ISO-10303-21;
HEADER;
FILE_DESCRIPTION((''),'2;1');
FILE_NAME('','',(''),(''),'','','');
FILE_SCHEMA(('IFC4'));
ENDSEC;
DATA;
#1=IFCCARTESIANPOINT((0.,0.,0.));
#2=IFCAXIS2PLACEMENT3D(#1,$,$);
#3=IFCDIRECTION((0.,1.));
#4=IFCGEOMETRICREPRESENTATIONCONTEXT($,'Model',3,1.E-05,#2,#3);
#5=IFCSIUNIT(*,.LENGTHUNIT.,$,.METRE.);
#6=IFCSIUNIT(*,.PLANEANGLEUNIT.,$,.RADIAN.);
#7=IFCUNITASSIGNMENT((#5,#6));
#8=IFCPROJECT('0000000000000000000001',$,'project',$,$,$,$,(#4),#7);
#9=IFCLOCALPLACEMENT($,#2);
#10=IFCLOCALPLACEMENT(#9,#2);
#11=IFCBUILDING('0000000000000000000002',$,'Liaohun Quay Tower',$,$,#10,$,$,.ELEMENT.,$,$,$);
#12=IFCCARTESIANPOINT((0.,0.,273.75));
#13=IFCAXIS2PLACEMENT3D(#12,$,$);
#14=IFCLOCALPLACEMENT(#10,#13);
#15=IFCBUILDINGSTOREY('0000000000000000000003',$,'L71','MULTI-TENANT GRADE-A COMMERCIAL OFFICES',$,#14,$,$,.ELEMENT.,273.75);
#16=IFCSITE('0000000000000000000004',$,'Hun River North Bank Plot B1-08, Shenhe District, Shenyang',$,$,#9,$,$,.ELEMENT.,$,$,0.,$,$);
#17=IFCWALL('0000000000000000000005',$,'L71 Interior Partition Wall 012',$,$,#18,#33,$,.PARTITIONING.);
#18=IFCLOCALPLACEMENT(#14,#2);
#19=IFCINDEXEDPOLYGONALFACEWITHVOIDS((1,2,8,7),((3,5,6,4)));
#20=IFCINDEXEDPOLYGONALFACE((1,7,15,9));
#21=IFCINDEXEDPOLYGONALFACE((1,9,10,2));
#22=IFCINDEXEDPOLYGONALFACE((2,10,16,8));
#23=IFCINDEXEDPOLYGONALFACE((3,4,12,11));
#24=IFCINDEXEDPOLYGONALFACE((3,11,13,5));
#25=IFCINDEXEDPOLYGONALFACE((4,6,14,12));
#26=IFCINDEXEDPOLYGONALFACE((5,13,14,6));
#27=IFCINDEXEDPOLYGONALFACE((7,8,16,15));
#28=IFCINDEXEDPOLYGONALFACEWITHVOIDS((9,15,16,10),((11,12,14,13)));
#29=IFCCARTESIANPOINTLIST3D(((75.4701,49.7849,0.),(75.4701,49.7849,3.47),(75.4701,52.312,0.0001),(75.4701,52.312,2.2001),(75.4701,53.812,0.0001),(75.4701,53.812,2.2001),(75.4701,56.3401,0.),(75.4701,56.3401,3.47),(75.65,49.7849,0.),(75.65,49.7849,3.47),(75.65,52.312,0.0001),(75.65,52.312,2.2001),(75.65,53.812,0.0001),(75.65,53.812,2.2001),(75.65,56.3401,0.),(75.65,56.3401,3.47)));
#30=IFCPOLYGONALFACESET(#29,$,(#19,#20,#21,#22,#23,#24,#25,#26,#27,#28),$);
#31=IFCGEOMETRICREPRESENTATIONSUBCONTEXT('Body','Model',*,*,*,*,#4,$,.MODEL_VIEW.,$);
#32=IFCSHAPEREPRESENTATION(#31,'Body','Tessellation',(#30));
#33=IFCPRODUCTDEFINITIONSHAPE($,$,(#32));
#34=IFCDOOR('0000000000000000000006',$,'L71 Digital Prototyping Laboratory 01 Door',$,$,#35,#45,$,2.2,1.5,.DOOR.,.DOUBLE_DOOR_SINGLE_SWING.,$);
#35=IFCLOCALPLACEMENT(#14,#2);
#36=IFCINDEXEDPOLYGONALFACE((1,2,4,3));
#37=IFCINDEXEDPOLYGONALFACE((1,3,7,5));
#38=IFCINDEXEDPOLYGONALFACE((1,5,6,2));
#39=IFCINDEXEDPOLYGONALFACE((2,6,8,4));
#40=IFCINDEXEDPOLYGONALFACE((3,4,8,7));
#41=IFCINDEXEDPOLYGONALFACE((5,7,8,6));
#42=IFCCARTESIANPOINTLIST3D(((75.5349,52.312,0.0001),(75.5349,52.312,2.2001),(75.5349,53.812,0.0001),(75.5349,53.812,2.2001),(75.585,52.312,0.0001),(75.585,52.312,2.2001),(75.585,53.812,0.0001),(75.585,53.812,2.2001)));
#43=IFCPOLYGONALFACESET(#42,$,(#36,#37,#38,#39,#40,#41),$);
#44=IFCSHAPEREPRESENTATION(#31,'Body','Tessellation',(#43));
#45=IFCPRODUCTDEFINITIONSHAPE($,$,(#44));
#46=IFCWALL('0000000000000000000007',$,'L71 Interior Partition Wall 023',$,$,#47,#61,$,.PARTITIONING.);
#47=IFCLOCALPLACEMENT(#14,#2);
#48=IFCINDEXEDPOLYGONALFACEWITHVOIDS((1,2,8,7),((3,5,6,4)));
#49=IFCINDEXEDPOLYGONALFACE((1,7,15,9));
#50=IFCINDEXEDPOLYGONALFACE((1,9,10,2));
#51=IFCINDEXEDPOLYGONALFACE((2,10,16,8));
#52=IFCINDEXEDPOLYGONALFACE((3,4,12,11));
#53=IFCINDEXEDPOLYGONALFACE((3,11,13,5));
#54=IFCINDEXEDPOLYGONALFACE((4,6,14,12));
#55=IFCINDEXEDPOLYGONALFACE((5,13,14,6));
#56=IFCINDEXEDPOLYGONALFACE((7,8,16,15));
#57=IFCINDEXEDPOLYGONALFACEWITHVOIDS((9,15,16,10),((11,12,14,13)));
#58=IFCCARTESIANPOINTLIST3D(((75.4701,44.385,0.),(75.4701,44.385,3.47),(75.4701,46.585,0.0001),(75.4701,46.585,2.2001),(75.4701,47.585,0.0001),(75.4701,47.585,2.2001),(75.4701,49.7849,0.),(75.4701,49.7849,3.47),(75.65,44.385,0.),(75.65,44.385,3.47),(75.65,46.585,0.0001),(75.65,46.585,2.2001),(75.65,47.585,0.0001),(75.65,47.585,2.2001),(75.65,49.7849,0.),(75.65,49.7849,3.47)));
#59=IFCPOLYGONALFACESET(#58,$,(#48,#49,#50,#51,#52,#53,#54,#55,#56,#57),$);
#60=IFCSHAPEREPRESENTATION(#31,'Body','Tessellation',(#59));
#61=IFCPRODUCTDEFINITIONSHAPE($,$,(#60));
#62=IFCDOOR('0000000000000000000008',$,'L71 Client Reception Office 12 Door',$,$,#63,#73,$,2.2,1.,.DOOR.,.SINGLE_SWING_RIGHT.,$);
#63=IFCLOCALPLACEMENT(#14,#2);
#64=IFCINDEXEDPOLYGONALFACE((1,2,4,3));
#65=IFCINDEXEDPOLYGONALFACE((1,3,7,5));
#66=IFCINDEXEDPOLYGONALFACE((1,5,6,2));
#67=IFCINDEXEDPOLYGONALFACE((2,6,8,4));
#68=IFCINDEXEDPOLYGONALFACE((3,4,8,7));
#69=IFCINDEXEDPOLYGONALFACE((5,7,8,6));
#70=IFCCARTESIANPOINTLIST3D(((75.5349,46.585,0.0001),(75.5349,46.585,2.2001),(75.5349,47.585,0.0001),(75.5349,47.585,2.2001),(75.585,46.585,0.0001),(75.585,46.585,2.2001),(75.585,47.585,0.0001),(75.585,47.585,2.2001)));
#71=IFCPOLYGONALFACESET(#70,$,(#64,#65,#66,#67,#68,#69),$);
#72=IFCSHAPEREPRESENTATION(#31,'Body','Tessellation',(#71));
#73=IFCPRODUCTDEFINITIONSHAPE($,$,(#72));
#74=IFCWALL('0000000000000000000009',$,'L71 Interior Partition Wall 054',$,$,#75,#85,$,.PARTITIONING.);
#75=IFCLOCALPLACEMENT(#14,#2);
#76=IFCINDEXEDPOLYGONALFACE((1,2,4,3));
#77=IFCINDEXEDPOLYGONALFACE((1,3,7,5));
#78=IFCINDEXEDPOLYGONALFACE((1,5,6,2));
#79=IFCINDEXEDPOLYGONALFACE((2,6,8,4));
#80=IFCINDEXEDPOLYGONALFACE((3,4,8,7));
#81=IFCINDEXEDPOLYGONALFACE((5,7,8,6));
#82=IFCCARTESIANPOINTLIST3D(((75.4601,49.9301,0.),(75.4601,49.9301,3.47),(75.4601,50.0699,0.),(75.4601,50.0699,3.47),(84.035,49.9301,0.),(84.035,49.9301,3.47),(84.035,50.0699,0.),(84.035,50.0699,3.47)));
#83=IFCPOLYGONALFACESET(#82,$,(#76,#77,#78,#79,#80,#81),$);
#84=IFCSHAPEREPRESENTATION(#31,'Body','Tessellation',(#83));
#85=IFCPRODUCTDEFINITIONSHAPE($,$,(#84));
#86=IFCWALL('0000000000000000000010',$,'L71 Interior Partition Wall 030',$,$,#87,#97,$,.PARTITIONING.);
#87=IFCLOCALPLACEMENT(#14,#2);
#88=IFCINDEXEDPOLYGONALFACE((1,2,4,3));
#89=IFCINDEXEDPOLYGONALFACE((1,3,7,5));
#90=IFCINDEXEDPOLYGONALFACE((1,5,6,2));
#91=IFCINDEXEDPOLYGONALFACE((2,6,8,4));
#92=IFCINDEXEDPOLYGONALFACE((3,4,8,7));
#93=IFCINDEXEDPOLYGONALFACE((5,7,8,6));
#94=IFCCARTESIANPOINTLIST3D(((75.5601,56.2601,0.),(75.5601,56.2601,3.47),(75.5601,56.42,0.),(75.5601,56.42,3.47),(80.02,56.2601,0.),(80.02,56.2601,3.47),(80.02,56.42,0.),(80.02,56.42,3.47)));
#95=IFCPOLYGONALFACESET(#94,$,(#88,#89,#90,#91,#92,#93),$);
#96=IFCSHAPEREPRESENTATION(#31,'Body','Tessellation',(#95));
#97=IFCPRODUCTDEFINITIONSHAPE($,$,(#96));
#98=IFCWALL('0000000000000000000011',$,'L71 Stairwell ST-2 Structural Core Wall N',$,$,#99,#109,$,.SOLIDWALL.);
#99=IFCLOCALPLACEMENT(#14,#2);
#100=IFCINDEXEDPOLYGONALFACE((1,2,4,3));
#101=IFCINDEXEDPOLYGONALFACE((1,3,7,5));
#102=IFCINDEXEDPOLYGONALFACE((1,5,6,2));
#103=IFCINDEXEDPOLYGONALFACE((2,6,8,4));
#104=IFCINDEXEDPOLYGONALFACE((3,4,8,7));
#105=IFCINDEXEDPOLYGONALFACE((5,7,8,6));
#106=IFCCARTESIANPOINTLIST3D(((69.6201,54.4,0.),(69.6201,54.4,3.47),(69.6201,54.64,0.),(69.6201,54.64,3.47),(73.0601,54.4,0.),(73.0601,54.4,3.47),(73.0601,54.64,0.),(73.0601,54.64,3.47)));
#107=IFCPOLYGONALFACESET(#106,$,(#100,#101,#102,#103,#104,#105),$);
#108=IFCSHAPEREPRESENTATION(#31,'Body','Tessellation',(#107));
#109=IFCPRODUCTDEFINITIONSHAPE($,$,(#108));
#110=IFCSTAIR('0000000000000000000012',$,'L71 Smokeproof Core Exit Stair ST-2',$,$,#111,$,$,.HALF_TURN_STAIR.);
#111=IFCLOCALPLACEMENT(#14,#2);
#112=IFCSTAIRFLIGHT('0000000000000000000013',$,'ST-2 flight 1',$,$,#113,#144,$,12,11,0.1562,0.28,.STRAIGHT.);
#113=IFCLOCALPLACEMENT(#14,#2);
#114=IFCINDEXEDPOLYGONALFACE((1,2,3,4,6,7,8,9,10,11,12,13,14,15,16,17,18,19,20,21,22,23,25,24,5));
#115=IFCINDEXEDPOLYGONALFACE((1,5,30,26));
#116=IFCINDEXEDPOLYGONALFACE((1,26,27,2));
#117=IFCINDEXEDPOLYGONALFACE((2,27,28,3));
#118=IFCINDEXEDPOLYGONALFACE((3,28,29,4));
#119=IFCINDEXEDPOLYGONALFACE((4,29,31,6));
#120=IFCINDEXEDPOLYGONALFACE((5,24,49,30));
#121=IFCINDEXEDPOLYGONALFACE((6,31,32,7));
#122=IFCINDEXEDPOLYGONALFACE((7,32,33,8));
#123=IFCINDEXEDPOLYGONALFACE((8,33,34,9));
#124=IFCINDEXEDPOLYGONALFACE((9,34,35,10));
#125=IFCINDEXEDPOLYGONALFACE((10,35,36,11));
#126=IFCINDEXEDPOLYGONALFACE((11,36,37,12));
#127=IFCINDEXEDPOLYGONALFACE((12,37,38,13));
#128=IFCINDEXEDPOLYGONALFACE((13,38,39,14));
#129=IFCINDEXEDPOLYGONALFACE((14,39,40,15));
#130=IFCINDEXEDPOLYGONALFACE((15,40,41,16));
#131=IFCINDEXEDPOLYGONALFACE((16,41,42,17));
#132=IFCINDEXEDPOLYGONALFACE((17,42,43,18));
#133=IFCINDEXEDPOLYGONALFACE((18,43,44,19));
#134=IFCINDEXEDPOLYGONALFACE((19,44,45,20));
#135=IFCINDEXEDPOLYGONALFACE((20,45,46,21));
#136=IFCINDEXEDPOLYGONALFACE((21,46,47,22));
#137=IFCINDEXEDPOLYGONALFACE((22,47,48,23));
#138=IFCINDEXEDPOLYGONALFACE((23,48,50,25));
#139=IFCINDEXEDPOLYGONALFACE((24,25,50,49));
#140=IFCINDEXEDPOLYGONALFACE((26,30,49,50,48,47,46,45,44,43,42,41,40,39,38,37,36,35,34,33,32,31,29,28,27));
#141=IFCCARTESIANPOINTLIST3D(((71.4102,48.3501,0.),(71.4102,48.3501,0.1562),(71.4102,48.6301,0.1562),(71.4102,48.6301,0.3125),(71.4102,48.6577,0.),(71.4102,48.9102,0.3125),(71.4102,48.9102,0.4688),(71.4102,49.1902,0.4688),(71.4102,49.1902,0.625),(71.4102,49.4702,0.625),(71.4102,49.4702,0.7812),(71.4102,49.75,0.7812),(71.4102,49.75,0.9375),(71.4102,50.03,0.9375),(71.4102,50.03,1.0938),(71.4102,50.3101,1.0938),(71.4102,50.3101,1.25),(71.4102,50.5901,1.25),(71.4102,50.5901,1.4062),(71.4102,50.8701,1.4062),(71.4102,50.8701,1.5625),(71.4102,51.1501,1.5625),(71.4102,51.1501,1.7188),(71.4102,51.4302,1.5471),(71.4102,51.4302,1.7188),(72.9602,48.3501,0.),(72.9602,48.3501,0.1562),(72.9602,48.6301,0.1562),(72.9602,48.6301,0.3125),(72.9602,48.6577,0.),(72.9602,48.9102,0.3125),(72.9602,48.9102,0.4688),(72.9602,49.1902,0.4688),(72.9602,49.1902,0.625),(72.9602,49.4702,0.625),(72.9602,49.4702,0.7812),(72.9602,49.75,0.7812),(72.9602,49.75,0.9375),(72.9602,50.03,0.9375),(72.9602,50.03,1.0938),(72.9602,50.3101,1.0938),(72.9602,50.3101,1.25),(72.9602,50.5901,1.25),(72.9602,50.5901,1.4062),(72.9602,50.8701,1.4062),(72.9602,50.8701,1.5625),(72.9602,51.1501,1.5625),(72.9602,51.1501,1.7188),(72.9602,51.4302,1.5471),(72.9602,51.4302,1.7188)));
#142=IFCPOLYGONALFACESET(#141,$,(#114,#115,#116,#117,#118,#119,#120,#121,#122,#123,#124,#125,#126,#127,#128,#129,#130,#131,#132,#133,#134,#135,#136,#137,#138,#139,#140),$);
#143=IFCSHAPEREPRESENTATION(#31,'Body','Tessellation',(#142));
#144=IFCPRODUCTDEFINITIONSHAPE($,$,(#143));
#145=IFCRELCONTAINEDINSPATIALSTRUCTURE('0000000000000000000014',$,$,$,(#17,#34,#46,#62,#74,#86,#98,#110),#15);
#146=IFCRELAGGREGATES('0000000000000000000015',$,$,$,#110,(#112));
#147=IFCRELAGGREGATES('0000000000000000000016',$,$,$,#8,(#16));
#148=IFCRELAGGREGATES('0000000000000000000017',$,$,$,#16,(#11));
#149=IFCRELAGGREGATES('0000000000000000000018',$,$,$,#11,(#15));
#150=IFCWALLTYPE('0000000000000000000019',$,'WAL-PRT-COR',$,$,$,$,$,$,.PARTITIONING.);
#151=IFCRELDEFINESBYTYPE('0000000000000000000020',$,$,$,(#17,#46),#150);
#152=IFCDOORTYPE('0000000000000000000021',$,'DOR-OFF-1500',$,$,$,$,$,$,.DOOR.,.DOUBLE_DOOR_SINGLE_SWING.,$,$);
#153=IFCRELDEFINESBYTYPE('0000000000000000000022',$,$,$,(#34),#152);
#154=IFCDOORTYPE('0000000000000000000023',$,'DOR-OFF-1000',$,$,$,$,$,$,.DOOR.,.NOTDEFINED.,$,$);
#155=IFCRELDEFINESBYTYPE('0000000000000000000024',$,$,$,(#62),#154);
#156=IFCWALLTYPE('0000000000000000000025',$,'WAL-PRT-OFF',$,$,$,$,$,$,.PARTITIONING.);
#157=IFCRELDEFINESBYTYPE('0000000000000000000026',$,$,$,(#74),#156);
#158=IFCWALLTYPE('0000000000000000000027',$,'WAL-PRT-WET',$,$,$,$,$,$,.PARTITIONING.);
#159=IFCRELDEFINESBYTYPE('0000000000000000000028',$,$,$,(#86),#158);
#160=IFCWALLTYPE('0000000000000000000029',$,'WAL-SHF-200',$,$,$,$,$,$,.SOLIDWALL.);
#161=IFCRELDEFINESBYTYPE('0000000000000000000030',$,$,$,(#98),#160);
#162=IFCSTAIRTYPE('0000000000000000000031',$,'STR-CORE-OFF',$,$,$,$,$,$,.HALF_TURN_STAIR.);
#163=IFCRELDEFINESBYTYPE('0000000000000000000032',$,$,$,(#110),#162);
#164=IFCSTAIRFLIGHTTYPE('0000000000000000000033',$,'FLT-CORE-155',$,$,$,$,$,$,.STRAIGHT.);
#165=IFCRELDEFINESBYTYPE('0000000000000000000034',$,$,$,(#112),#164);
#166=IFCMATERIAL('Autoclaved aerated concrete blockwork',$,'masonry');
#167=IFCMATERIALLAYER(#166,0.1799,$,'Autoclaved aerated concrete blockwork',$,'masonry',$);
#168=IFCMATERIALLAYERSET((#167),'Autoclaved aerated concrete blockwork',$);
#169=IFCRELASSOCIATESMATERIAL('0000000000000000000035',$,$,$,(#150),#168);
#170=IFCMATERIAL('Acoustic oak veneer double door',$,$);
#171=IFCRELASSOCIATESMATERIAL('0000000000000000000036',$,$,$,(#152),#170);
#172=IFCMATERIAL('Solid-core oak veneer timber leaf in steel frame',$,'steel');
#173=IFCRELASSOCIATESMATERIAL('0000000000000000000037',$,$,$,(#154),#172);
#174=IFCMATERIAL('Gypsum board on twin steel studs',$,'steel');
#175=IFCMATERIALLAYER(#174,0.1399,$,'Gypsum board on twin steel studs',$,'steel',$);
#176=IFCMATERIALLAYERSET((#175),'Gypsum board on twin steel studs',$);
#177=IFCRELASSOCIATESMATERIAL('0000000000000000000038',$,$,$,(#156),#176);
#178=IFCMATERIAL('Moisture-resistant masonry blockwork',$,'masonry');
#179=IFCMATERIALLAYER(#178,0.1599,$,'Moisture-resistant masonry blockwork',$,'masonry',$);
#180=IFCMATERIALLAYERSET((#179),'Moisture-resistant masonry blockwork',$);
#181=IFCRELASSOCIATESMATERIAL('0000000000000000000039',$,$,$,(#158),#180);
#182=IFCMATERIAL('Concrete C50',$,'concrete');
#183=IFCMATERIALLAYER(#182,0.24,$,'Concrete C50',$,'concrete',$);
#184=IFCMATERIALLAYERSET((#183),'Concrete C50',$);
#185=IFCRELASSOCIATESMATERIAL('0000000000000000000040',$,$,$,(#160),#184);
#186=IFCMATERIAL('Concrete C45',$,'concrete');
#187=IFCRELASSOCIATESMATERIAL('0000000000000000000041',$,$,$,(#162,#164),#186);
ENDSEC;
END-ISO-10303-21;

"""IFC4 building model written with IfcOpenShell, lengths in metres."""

from ifc_helpers import new_model, si_unit, direction, frame, frame_2d, origin, place, context, subcontext, project, spatial, polyline, rectangle, outline, extrude, source, transform, mapped, material, layer, layer_set, type_object, element, fill, aggregate, save


model = new_model("IFC4")

# Units and contexts
model_context = context("Model", 3, precision=1e-05, world=origin(), true_north=direction((0.0, 1.0)))
body_context = subcontext(model_context, "Body", "Model", "MODEL_VIEW")
ifc_project = project(units=[si_unit("LENGTHUNIT", "METRE"), si_unit("PLANEANGLEUNIT", "RADIAN")], contexts=[model_context])

# Site, building, storey
site_placement = place(None, origin())
site = spatial("IfcSite", under=ifc_project, at=site_placement, Name="Hun River North Bank Plot B1-08, Shenhe District, Shenyang", CompositionType="ELEMENT", RefElevation=0.0)
building_placement = place(site_placement, origin())
building = spatial("IfcBuilding", under=site, at=building_placement, Name="Liaohun Quay Tower", CompositionType="ELEMENT")
storey_placement = place(building_placement, frame((0.0, 0.0, 273.75)))
storey = spatial("IfcBuildingStorey", under=building, at=storey_placement, Name="L71", Description="MULTI-TENANT GRADE-A COMMERCIAL OFFICES", CompositionType="ELEMENT", Elevation=273.75)

# Walls, openings, doors
ifc_material_1 = material(Name="Autoclaved aerated concrete blockwork", Category="masonry")
ifc_layer_1 = layer(ifc_material_1, 0.1799, Name="Autoclaved aerated concrete blockwork", Category="masonry")
ifc_layer_set_1 = layer_set([ifc_layer_1], Name="Autoclaved aerated concrete blockwork")
wall_type_1 = type_object("IfcWallType", Name="WAL-PRT-COR", PredefinedType="PARTITIONING", material=ifc_layer_set_1)
wall_1_placement = place(storey_placement, frame((75.5601, 56.3401, 0.0), z_axis=(0.0, 0.0, 1.0), x_axis=(0.0, -1.0, 0.0)))
wall_1 = element("IfcWall", 1, at=wall_1_placement, inside=storey, type_object=wall_type_1, Name="L71 Interior Partition Wall 012", PredefinedType="PARTITIONING", context=body_context, shape_type="SweptSolid", body=[
    extrude(rectangle(XDim=6.5552, YDim=0.1799, at=frame_2d((3.2776, 0.0))), origin(), (0.0, 0.0, 1.0), 3.47),
])
shared_shape_1 = source(origin(), body_context, "Body", "SweptSolid", [
    extrude(rectangle(XDim=1.5, YDim=2.2, at=frame_2d((0.75, 1.1001))), frame((0.0, 0.0999, 0.0), z_axis=(0.0, -1.0, 0.0), x_axis=(1.0, 0.0, 0.0)), (0.0, 0.0, 1.0), 0.2),
])
opening_1_placement = place(wall_1_placement, frame((2.5281, 0.0, 0.0)))
opening_1 = element("IfcOpeningElement", 2, at=opening_1_placement, cuts=wall_1, PredefinedType="OPENING", context=body_context, shape_type="MappedRepresentation", body=[
    mapped(shared_shape_1, transform((0.0, 0.0, 0.0), x_axis=(1.0, 0.0, 0.0), y_axis=(0.0, 1.0, 0.0), z_axis=(0.0, 0.0, 1.0), scale=1.0)),
])
ifc_material_2 = material(Name="Acoustic oak veneer double door")
door_type_1 = type_object("IfcDoorType", Name="DOR-OFF-1500", OperationType="DOUBLE_DOOR_SINGLE_SWING", PredefinedType="DOOR", material=ifc_material_2)
shared_shape_2 = source(origin(), body_context, "Body", "SweptSolid", [
    extrude(rectangle(XDim=1.5, YDim=2.2, at=frame_2d((0.75, 1.1001))), frame((0.0, 0.0249, 0.0), z_axis=(0.0, -1.0, 0.0), x_axis=(1.0, 0.0, 0.0)), (0.0, 0.0, 1.0), 0.05),
])
door_1_placement = place(opening_1_placement, origin())
door_1 = element("IfcDoor", 3, at=door_1_placement, inside=storey, type_object=door_type_1, Name="L71 Digital Prototyping Laboratory 01 Door", OperationType="DOUBLE_DOOR_SINGLE_SWING", OverallHeight=2.2, OverallWidth=1.5, PredefinedType="DOOR", context=body_context, shape_type="MappedRepresentation", body=[
    mapped(shared_shape_2, transform((0.0, 0.0, 0.0), x_axis=(1.0, 0.0, 0.0), y_axis=(0.0, 1.0, 0.0), z_axis=(0.0, 0.0, 1.0), scale=1.0)),
])
fill(opening_1, door_1)
wall_2_placement = place(storey_placement, frame((75.5601, 49.7849, 0.0), z_axis=(0.0, 0.0, 1.0), x_axis=(0.0, -1.0, 0.0)))
wall_2 = element("IfcWall", 4, at=wall_2_placement, inside=storey, type_object=wall_type_1, Name="L71 Interior Partition Wall 023", PredefinedType="PARTITIONING", context=body_context, shape_type="SweptSolid", body=[
    extrude(rectangle(XDim=5.3999, YDim=0.1799, at=frame_2d((2.7, 0.0))), origin(), (0.0, 0.0, 1.0), 3.47),
])
shared_shape_3 = source(origin(), body_context, "Body", "SweptSolid", [
    extrude(rectangle(XDim=1.0, YDim=2.2, at=frame_2d((0.5, 1.1001))), frame((0.0, 0.0999, 0.0), z_axis=(0.0, -1.0, 0.0), x_axis=(1.0, 0.0, 0.0)), (0.0, 0.0, 1.0), 0.2),
])
opening_2_placement = place(wall_2_placement, frame((2.2, 0.0, 0.0)))
opening_2 = element("IfcOpeningElement", 5, at=opening_2_placement, cuts=wall_2, PredefinedType="OPENING", context=body_context, shape_type="MappedRepresentation", body=[
    mapped(shared_shape_3, transform((0.0, 0.0, 0.0), x_axis=(1.0, 0.0, 0.0), y_axis=(0.0, 1.0, 0.0), z_axis=(0.0, 0.0, 1.0), scale=1.0)),
])
ifc_material_3 = material(Name="Solid-core oak veneer timber leaf in steel frame", Category="steel")
door_type_2 = type_object("IfcDoorType", Name="DOR-OFF-1000", OperationType="NOTDEFINED", PredefinedType="DOOR", material=ifc_material_3)
shared_shape_4 = source(origin(), body_context, "Body", "SweptSolid", [
    extrude(rectangle(XDim=1.0, YDim=2.2, at=frame_2d((0.5, 1.1001))), frame((0.0, 0.0249, 0.0), z_axis=(0.0, -1.0, 0.0), x_axis=(1.0, 0.0, 0.0)), (0.0, 0.0, 1.0), 0.05),
])
door_2_placement = place(opening_2_placement, origin())
door_2 = element("IfcDoor", 6, at=door_2_placement, inside=storey, type_object=door_type_2, Name="L71 Client Reception Office 12 Door", OperationType="SINGLE_SWING_RIGHT", OverallHeight=2.2, OverallWidth=1.0, PredefinedType="DOOR", context=body_context, shape_type="MappedRepresentation", body=[
    mapped(shared_shape_4, transform((0.0, 0.0, 0.0), x_axis=(1.0, 0.0, 0.0), y_axis=(0.0, 1.0, 0.0), z_axis=(0.0, 0.0, 1.0), scale=1.0)),
])
fill(opening_2, door_2)

# Wall
ifc_material_4 = material(Name="Gypsum board on twin steel studs", Category="steel")
ifc_layer_2 = layer(ifc_material_4, 0.1399, Name="Gypsum board on twin steel studs", Category="steel")
ifc_layer_set_2 = layer_set([ifc_layer_2], Name="Gypsum board on twin steel studs")
wall_type_2 = type_object("IfcWallType", Name="WAL-PRT-OFF", PredefinedType="PARTITIONING", material=ifc_layer_set_2)
wall_3_placement = place(storey_placement, frame((75.46, 50.0, 0.0), z_axis=(0.0, 0.0, 1.0), x_axis=(1.0, 0.0, 0.0)))
element("IfcWall", 7, at=wall_3_placement, inside=storey, type_object=wall_type_2, Name="L71 Interior Partition Wall 054", PredefinedType="PARTITIONING", context=body_context, shape_type="SweptSolid", body=[
    extrude(rectangle(XDim=8.575, YDim=0.1399, at=frame_2d((4.2876, 0.0))), origin(), (0.0, 0.0, 1.0), 3.47),
])

# Shared definitions
ifc_material_5 = material(Name="Moisture-resistant masonry blockwork", Category="masonry")
ifc_layer_3 = layer(ifc_material_5, 0.1599, Name="Moisture-resistant masonry blockwork", Category="masonry")
ifc_layer_set_3 = layer_set([ifc_layer_3], Name="Moisture-resistant masonry blockwork")
wall_type_3 = type_object("IfcWallType", Name="WAL-PRT-WET", PredefinedType="PARTITIONING", material=ifc_layer_set_3)

# Walls
wall_4_placement = place(storey_placement, frame((75.5601, 56.3401, 0.0), z_axis=(0.0, 0.0, 1.0), x_axis=(1.0, 0.0, 0.0)))
element("IfcWall", 8, at=wall_4_placement, inside=storey, type_object=wall_type_3, Name="L71 Interior Partition Wall 030", PredefinedType="PARTITIONING", context=body_context, shape_type="SweptSolid", body=[
    extrude(rectangle(XDim=4.46, YDim=0.1599, at=frame_2d((2.23, 0.0))), origin(), (0.0, 0.0, 1.0), 3.47),
])
ifc_material_6 = material(Name="Concrete C50", Category="concrete")
ifc_layer_4 = layer(ifc_material_6, 0.24, Name="Concrete C50", Category="concrete")
ifc_layer_set_4 = layer_set([ifc_layer_4], Name="Concrete C50")
wall_type_4 = type_object("IfcWallType", Name="WAL-SHF-200", PredefinedType="SOLIDWALL", material=ifc_layer_set_4)
wall_5_placement = place(storey_placement, frame((73.0601, 54.52, 0.0), z_axis=(0.0, 0.0, 1.0), x_axis=(-1.0, 0.0, 0.0)))
element("IfcWall", 9, at=wall_5_placement, inside=storey, type_object=wall_type_4, Name="L71 Stairwell ST-2 Structural Core Wall N", PredefinedType="SOLIDWALL", context=body_context, shape_type="SweptSolid", body=[
    extrude(rectangle(XDim=3.4399, YDim=0.24, at=frame_2d((1.72, 0.0))), origin(), (0.0, 0.0, 1.0), 3.47),
])

# Stair, stair flight
ifc_material_7 = material(Name="Concrete C45", Category="concrete")
stair_type = type_object("IfcStairType", Name="STR-CORE-OFF", PredefinedType="HALF_TURN_STAIR", material=ifc_material_7)
stair_placement = place(storey_placement, origin())
stair = element("IfcStair", 10, at=stair_placement, inside=storey, type_object=stair_type, Name="L71 Smokeproof Core Exit Stair ST-2", PredefinedType="HALF_TURN_STAIR")
stair_flight_type = type_object("IfcStairFlightType", Name="FLT-CORE-155", PredefinedType="STRAIGHT", material=ifc_material_7)
stair_flight_1_placement = place(storey_placement, frame((72.1851, 48.3501, 0.0), z_axis=(0.0, 0.0, 1.0), x_axis=(0.0, 1.0, 0.0)))
stair_flight_1 = element("IfcStairFlight", 11, at=stair_flight_1_placement, type_object=stair_flight_type, Name="ST-2 flight 1", NumberOfRisers=12, NumberOfTreads=11, PredefinedType="STRAIGHT", RiserHeight=0.1562, TreadLength=0.28, context=body_context, shape_type="SweptSolid", body=[
    extrude(outline(polyline([(0.0, 0.0), (0.0, 0.1562), (0.28, 0.1562), (0.28, 0.3125), (0.5601, 0.3125), (0.5601, 0.4688), (0.8401, 0.4688), (0.8401, 0.625), (1.1201, 0.625), (1.1201, 0.7812), (1.3999, 0.7812), (1.3999, 0.9375), (1.6799, 0.9375), (1.6799, 1.0938), (1.96, 1.0938), (1.96, 1.25), (2.24, 1.25), (2.24, 1.4062), (2.52, 1.4062), (2.52, 1.5625), (2.8, 1.5625), (2.8, 1.7188), (3.0801, 1.7188), (3.0801, 1.875), (3.0801, 1.5471), (0.3076, 0.0), (0.0, 0.0)])), frame((0.0, 0.7749, 0.0), z_axis=(0.0, -1.0, 0.0), x_axis=(1.0, 0.0, 0.0)), (0.0, 0.0, 1.0), 1.55),
])
aggregate(stair, [stair_flight_1])

save(model, "model.ifc")
